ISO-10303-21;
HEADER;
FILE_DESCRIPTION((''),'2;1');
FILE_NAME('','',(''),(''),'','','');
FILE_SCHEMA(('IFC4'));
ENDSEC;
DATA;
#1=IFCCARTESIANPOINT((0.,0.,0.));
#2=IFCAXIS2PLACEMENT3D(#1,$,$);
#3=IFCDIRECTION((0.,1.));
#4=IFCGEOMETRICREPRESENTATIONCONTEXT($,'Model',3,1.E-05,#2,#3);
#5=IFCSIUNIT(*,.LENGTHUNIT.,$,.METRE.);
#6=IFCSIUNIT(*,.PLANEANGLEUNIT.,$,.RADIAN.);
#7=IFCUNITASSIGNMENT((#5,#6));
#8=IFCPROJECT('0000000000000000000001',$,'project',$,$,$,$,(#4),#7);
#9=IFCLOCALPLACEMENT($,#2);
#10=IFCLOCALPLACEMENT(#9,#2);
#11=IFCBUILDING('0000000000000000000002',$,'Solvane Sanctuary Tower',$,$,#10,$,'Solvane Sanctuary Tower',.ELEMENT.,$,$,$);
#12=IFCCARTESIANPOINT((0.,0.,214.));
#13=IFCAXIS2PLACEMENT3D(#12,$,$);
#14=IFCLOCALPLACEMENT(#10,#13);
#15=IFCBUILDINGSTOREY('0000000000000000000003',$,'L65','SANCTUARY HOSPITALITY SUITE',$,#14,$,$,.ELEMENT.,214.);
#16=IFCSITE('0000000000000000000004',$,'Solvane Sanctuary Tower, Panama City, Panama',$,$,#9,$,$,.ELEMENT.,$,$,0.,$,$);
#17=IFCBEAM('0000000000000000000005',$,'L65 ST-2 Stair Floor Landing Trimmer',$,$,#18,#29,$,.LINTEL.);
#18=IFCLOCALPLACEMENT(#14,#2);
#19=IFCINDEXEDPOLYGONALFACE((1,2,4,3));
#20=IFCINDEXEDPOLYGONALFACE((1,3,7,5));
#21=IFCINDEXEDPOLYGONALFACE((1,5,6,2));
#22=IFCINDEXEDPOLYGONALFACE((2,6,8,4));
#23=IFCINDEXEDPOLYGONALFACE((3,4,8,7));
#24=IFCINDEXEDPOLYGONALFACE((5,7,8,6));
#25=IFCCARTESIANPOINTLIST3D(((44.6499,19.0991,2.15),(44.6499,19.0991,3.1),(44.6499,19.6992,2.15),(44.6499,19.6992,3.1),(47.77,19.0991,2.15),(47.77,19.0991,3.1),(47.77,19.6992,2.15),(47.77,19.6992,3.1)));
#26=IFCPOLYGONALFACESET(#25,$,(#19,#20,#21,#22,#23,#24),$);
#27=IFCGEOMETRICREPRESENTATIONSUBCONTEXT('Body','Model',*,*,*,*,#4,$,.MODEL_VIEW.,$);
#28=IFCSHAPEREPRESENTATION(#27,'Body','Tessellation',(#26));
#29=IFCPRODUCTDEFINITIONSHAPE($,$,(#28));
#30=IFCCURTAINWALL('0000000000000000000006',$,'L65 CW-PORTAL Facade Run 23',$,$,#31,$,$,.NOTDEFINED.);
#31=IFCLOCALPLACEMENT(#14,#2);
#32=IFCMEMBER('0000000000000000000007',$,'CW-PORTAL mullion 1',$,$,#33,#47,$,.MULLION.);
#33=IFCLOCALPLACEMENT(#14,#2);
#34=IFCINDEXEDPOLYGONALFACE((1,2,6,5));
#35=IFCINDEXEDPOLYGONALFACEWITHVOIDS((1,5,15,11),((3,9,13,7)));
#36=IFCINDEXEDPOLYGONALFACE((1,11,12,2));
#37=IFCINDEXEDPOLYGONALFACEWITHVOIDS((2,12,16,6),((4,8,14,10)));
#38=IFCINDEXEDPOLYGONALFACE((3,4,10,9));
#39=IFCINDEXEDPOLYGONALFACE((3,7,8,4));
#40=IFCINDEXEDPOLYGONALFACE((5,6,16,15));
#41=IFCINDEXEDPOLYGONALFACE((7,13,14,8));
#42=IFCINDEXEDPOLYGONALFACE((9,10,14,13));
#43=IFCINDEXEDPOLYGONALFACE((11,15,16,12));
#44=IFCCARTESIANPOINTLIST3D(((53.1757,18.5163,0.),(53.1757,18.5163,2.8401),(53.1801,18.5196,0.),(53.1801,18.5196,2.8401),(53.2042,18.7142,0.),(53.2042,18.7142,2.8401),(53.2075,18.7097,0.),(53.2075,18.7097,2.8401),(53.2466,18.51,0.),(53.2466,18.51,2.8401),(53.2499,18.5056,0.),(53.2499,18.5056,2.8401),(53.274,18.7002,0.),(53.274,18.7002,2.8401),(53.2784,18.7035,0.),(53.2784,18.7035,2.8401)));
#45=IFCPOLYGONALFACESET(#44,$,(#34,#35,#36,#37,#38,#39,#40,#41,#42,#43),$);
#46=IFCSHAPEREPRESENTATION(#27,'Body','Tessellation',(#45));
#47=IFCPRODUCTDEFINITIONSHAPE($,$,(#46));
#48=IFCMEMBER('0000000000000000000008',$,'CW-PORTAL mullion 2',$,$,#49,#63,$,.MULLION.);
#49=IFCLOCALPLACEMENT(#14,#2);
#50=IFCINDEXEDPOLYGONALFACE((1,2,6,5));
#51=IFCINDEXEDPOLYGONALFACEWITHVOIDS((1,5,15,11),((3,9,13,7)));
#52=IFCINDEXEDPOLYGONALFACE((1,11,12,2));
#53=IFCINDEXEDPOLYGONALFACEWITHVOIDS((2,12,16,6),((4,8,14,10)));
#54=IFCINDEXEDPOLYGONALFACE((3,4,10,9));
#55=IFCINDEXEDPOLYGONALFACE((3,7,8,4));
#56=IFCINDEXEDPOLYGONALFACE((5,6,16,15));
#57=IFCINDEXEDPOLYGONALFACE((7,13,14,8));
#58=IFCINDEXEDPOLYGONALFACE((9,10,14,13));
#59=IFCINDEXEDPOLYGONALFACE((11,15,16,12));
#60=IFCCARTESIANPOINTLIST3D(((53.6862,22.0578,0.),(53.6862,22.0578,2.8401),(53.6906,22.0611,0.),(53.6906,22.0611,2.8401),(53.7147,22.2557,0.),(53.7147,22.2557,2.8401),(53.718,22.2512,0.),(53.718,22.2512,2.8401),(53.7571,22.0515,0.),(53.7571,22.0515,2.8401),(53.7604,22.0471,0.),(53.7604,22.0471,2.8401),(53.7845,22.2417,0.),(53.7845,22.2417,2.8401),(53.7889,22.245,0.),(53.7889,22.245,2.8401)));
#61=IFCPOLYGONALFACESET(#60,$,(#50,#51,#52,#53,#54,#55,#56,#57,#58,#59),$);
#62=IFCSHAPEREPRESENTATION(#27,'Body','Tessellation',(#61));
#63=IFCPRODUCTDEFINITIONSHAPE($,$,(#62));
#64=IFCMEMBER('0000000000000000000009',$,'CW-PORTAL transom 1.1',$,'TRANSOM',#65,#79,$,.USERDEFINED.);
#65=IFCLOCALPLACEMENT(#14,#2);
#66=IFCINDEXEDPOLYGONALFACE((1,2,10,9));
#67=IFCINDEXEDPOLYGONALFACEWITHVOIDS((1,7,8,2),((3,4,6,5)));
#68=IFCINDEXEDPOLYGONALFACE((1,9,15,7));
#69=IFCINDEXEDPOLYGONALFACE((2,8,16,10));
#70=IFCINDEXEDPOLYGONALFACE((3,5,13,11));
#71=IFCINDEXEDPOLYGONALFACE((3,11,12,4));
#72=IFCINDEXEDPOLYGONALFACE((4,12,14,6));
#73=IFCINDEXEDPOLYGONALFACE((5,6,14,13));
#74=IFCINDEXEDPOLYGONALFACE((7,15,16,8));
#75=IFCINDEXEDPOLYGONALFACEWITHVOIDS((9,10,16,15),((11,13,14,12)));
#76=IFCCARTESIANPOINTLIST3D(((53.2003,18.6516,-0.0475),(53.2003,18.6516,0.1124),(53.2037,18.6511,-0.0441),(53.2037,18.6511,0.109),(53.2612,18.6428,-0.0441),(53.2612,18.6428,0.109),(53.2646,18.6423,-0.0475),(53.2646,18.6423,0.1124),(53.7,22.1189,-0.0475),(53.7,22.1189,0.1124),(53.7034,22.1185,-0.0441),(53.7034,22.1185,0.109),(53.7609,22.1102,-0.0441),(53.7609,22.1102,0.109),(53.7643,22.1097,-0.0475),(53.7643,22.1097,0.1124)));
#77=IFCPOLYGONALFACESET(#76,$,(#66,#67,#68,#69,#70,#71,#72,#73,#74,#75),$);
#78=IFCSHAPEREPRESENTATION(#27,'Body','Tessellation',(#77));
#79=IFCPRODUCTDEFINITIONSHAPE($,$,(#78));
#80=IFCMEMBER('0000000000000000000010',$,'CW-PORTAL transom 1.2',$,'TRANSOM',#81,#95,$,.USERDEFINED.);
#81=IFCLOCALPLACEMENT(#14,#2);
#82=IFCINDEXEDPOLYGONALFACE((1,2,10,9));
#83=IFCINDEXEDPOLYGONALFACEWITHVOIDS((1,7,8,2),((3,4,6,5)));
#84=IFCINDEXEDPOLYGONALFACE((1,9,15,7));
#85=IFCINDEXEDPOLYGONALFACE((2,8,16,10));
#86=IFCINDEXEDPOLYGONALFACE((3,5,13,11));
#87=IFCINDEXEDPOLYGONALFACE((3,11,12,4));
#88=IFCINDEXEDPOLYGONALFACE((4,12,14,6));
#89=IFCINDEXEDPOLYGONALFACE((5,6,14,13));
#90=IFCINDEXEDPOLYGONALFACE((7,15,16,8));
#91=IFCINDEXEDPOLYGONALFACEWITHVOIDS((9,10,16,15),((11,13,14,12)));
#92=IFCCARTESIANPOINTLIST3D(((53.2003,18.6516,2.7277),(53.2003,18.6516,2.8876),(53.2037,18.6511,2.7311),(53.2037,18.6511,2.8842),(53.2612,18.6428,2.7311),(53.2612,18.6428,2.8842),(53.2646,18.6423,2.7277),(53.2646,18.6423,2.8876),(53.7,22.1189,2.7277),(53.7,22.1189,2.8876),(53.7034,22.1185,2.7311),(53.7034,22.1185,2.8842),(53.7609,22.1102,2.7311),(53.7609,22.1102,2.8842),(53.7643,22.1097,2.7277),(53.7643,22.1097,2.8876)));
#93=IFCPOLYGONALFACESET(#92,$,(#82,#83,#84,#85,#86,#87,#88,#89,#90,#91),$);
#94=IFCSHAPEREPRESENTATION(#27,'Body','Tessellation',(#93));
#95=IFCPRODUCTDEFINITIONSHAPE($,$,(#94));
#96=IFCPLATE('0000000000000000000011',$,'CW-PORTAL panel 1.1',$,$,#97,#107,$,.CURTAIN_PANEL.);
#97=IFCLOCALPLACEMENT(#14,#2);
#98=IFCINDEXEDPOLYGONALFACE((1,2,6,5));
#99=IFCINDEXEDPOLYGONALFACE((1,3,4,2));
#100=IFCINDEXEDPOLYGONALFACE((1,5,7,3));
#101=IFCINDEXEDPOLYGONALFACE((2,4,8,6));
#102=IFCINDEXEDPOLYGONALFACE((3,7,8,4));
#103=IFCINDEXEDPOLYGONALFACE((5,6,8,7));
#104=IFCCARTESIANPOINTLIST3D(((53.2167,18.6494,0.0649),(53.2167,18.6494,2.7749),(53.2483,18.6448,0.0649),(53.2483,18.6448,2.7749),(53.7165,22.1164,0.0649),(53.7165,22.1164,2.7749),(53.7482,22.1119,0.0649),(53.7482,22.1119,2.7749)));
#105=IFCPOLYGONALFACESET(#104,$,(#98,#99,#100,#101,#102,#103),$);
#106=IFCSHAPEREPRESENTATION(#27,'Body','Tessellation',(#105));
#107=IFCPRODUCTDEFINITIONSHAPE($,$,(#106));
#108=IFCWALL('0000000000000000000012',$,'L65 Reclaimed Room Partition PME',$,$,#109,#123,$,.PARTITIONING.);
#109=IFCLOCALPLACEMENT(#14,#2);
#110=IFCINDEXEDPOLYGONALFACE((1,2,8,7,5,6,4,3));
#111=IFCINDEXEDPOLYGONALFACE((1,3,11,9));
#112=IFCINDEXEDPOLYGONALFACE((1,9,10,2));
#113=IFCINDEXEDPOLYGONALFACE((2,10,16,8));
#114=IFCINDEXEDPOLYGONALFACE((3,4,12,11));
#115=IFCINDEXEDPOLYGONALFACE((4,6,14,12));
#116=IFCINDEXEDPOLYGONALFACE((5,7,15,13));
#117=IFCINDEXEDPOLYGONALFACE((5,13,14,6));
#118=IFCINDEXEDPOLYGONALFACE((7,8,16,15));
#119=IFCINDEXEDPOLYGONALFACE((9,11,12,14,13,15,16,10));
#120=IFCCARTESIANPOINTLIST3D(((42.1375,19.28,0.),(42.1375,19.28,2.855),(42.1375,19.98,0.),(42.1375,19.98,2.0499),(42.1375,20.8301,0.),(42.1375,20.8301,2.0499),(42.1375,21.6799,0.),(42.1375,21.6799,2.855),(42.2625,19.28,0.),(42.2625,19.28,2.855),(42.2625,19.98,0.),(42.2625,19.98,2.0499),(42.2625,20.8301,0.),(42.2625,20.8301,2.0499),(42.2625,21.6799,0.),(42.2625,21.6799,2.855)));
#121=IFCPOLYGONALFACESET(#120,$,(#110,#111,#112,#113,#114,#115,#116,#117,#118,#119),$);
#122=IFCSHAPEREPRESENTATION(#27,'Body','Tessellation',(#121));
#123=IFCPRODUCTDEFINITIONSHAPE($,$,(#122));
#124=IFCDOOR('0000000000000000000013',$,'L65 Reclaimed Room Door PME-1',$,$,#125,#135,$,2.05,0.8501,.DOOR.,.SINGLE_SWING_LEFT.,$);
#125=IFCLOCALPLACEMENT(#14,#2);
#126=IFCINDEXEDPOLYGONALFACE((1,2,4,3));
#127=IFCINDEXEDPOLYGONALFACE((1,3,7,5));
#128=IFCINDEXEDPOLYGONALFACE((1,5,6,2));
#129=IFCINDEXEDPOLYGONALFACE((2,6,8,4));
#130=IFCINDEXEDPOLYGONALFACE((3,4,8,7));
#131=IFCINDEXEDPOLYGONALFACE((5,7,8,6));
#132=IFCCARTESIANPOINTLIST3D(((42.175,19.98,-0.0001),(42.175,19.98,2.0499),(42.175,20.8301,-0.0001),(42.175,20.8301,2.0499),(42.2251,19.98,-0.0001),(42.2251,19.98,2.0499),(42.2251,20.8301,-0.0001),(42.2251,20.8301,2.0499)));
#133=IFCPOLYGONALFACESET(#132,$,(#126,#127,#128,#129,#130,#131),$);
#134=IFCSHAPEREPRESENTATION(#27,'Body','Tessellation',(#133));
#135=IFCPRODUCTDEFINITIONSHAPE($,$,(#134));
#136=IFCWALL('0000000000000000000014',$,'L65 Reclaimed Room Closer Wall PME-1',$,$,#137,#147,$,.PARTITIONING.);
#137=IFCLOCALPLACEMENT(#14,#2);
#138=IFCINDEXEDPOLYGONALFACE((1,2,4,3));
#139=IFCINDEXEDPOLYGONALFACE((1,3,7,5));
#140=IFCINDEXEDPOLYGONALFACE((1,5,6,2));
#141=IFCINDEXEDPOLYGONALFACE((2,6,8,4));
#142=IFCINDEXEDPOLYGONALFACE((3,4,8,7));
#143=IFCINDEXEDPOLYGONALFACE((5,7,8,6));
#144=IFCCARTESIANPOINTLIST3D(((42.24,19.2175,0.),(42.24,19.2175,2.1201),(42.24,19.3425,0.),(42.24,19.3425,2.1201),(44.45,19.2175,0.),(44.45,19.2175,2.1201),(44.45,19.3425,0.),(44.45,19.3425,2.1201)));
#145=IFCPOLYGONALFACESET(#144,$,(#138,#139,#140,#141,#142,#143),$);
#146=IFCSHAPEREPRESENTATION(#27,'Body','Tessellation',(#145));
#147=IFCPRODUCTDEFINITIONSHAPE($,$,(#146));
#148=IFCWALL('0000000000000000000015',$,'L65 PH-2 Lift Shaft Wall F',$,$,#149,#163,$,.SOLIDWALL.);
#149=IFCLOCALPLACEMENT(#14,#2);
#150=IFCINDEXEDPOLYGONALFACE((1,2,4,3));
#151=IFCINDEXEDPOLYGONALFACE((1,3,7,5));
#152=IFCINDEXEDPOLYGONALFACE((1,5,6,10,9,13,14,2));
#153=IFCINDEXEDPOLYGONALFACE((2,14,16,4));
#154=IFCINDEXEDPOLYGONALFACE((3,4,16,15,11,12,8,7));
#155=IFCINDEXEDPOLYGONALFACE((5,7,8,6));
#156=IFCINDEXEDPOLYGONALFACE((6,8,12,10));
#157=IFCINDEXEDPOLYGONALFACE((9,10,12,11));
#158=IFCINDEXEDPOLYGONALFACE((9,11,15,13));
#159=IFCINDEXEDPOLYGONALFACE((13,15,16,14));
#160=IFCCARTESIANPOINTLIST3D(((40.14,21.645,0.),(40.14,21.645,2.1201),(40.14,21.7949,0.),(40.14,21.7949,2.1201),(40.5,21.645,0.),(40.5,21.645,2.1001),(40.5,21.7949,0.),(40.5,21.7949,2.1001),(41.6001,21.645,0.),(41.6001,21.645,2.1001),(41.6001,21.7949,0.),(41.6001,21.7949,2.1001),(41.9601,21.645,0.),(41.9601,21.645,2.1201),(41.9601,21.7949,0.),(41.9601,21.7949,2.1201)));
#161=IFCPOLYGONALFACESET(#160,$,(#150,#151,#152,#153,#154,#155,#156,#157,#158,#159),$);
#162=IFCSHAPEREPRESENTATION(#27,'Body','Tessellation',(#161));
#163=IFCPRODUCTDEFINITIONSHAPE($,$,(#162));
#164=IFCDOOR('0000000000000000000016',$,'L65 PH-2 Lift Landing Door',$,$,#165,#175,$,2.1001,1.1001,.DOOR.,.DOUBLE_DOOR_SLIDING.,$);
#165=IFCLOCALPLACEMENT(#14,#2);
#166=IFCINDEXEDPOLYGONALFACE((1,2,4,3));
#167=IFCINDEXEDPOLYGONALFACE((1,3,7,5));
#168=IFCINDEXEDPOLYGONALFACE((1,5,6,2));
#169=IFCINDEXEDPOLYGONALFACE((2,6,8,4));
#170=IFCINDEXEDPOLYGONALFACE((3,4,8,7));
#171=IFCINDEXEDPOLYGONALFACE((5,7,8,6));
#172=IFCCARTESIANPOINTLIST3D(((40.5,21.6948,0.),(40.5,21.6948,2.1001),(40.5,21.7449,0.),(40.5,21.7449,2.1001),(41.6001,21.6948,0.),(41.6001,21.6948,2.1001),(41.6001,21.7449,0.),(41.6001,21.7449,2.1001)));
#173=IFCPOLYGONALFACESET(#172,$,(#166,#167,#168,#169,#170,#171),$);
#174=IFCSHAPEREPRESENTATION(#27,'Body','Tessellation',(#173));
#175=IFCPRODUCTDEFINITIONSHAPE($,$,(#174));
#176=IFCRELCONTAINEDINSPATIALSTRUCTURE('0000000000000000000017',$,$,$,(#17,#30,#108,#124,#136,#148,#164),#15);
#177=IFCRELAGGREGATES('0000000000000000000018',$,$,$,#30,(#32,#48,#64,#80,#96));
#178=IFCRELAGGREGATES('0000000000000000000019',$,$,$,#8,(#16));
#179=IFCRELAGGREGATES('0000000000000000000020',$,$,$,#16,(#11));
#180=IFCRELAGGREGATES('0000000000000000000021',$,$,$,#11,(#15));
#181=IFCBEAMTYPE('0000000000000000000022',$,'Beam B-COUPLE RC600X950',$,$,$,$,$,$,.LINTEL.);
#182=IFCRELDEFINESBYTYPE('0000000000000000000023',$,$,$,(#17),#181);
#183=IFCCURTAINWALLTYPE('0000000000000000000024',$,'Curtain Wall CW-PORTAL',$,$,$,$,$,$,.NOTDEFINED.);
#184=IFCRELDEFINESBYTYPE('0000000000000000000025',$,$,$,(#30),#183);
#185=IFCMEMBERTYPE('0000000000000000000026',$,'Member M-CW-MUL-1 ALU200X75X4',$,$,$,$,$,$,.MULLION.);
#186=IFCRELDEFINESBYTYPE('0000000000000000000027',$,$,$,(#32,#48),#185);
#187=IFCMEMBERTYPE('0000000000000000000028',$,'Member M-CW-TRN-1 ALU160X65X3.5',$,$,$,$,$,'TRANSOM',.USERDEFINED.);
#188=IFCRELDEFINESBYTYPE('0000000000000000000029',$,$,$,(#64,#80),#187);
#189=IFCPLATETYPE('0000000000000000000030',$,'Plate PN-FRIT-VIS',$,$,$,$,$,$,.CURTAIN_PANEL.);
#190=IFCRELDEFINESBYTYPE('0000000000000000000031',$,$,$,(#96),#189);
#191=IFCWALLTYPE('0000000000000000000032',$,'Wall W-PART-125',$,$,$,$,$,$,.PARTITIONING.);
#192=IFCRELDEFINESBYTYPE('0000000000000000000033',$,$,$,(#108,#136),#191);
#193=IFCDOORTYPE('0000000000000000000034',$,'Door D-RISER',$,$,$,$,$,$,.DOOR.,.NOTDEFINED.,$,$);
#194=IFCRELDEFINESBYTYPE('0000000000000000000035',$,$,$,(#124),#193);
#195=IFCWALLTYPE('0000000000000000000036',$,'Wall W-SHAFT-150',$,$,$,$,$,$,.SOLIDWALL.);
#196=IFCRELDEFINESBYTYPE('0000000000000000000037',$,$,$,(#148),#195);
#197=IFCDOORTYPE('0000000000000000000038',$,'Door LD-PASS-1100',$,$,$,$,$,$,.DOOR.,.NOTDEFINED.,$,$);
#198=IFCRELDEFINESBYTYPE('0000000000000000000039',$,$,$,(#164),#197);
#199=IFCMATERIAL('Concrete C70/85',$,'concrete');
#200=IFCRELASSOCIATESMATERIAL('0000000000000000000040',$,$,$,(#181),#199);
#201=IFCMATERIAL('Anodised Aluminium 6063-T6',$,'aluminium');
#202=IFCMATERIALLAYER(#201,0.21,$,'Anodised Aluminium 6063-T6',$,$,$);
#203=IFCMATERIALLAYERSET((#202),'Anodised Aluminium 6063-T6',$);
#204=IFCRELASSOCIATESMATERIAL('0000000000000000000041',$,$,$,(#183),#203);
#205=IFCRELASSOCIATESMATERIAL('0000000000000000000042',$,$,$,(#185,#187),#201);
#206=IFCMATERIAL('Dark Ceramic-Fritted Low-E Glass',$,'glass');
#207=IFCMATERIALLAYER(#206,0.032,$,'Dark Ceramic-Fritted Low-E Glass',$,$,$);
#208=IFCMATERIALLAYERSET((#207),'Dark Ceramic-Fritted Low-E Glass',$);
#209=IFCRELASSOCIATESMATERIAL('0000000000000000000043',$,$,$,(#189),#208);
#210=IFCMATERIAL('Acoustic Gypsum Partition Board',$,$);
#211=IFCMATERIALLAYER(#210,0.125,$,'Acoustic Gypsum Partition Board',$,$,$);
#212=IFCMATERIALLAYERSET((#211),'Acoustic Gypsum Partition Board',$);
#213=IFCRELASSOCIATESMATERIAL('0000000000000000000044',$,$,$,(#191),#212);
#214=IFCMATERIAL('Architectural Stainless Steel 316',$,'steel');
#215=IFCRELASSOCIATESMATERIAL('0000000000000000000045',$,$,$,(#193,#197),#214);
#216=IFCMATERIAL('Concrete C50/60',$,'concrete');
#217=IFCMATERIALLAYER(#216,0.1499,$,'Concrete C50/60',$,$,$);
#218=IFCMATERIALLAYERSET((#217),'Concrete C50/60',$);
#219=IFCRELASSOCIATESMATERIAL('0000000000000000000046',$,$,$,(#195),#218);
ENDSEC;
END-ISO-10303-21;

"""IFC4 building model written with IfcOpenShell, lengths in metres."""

from ifc_helpers import new_model, si_unit, direction, frame, frame_2d, origin, origin_2d, place, context, subcontext, project, spatial, rectangle, hollow_rectangle, extrude, material, layer, layer_set, material_profile, profile_set, type_object, element, fill, aggregate, save


model = new_model("IFC4")

# Units and contexts
model_context = context("Model", 3, precision=1e-05, world=origin(), true_north=direction((0.0, 1.0)))
body_context = subcontext(model_context, "Body", "Model", "MODEL_VIEW")
ifc_project = project(units=[si_unit("LENGTHUNIT", "METRE"), si_unit("PLANEANGLEUNIT", "RADIAN")], contexts=[model_context])

# Site, building, storey
site_placement = place(None, origin())
site = spatial("IfcSite", under=ifc_project, at=site_placement, Name="Solvane Sanctuary Tower, Panama City, Panama", CompositionType="ELEMENT", RefElevation=0.0)
building_placement = place(site_placement, origin())
building = spatial("IfcBuilding", under=site, at=building_placement, Name="Solvane Sanctuary Tower", LongName="Solvane Sanctuary Tower", CompositionType="ELEMENT")
storey_placement = place(building_placement, frame((0.0, 0.0, 214.0)))
storey = spatial("IfcBuildingStorey", under=building, at=storey_placement, Name="L65", Description="SANCTUARY HOSPITALITY SUITE", CompositionType="ELEMENT", Elevation=214.0)

# Beam
ifc_material_1 = material(Name="Concrete C70/85", Category="concrete")
ifc_material_profile_1 = material_profile(ifc_material_1, rectangle(XDim=0.6001, YDim=0.95, at=origin_2d()), Name="RC600X950")
ifc_profile_set_1 = profile_set([ifc_material_profile_1], Name="Concrete C70/85")
beam_type = type_object("IfcBeamType", Name="Beam B-COUPLE RC600X950", PredefinedType="LINTEL", material=ifc_profile_set_1)
beam_placement = place(storey_placement, frame((44.6499, 19.3992, 2.625), z_axis=(1.0, 0.0, 0.0), x_axis=(0.0, 1.0, 0.0)))
element("IfcBeam", 1, at=beam_placement, inside=storey, type_object=beam_type, Name="L65 ST-2 Stair Floor Landing Trimmer", PredefinedType="LINTEL", context=body_context, shape_type="SweptSolid", body=[
    extrude(rectangle(XDim=0.6001, YDim=0.95, at=origin_2d()), origin(), (0.0, 0.0, 1.0), 3.1201),
])

# Curtain wall, members, plate
ifc_material_2 = material(Name="Anodised Aluminium 6063-T6", Category="aluminium")
ifc_layer_1 = layer(ifc_material_2, 0.21, Name="Anodised Aluminium 6063-T6")
ifc_layer_set_1 = layer_set([ifc_layer_1], Name="Anodised Aluminium 6063-T6")
curtain_wall_type = type_object("IfcCurtainWallType", Name="Curtain Wall CW-PORTAL", PredefinedType="NOTDEFINED", material=ifc_layer_set_1)
curtain_wall_placement = place(storey_placement, origin())
curtain_wall = element("IfcCurtainWall", 2, at=curtain_wall_placement, inside=storey, type_object=curtain_wall_type, Name="L65 CW-PORTAL Facade Run 23", PredefinedType="NOTDEFINED")
ifc_material_profile_2 = material_profile(ifc_material_2, hollow_rectangle(XDim=0.075, YDim=0.2, WallThickness=0.0039, at=origin_2d()), Name="ALU200X75X4")
ifc_profile_set_2 = profile_set([ifc_material_profile_2], Name="Anodised Aluminium 6063-T6")
member_type_1 = type_object("IfcMemberType", Name="Member M-CW-MUL-1 ALU200X75X4", PredefinedType="MULLION", material=ifc_profile_set_2)
member_1_placement = place(storey_placement, frame((53.2271, 18.6099, 0.0), z_axis=(0.0, 0.0, 1.0), x_axis=(-0.989765, 0.142705, 0.0)))
member_1 = element("IfcMember", 3, at=member_1_placement, type_object=member_type_1, Name="CW-PORTAL mullion 1", PredefinedType="MULLION", context=body_context, shape_type="SweptSolid", body=[
    extrude(hollow_rectangle(XDim=0.075, YDim=0.2, WallThickness=0.0039, at=origin_2d()), origin(), (0.0, 0.0, 1.0), 2.8401),
])
member_2_placement = place(storey_placement, frame((53.7375, 22.1514, 0.0), z_axis=(0.0, 0.0, 1.0), x_axis=(-0.989765, 0.142705, 0.0)))
member_2 = element("IfcMember", 4, at=member_2_placement, type_object=member_type_1, Name="CW-PORTAL mullion 2", PredefinedType="MULLION", context=body_context, shape_type="SweptSolid", body=[
    extrude(hollow_rectangle(XDim=0.075, YDim=0.2, WallThickness=0.0039, at=origin_2d()), origin(), (0.0, 0.0, 1.0), 2.8401),
])
ifc_material_profile_3 = material_profile(ifc_material_2, hollow_rectangle(XDim=0.0649, YDim=0.1599, WallThickness=0.0034, at=origin_2d()), Name="ALU160X65X3.5")
ifc_profile_set_3 = profile_set([ifc_material_profile_3], Name="Anodised Aluminium 6063-T6")
member_type_2 = type_object("IfcMemberType", Name="Member M-CW-TRN-1 ALU160X65X3.5", ElementType="TRANSOM", PredefinedType="USERDEFINED", material=ifc_profile_set_3)
member_3_placement = place(storey_placement, frame((53.2324, 18.647, 0.0325), z_axis=(0.14266, 0.989772, 0.0), x_axis=(-0.989772, 0.14266, 0.0)))
member_3 = element("IfcMember", 5, at=member_3_placement, type_object=member_type_2, Name="CW-PORTAL transom 1.1", ObjectType="TRANSOM", PredefinedType="USERDEFINED", context=body_context, shape_type="SweptSolid", body=[
    extrude(hollow_rectangle(XDim=0.0649, YDim=0.1599, WallThickness=0.0034, at=origin_2d()), origin(), (0.0, 0.0, 1.0), 3.5032),
])
member_4_placement = place(storey_placement, frame((53.2324, 18.647, 2.8076), z_axis=(0.14266, 0.989772, 0.0), x_axis=(-0.989772, 0.14266, 0.0)))
member_4 = element("IfcMember", 6, at=member_4_placement, type_object=member_type_2, Name="CW-PORTAL transom 1.2", ObjectType="TRANSOM", PredefinedType="USERDEFINED", context=body_context, shape_type="SweptSolid", body=[
    extrude(hollow_rectangle(XDim=0.0649, YDim=0.1599, WallThickness=0.0034, at=origin_2d()), origin(), (0.0, 0.0, 1.0), 3.5032),
])
ifc_material_3 = material(Name="Dark Ceramic-Fritted Low-E Glass", Category="glass")
ifc_layer_2 = layer(ifc_material_3, 0.032, Name="Dark Ceramic-Fritted Low-E Glass")
ifc_layer_set_2 = layer_set([ifc_layer_2], Name="Dark Ceramic-Fritted Low-E Glass")
plate_type = type_object("IfcPlateType", Name="Plate PN-FRIT-VIS", PredefinedType="CURTAIN_PANEL", material=ifc_layer_set_2)
plate_placement = place(storey_placement, frame((53.4824, 20.3806, 0.0649), z_axis=(0.0, 0.0, 1.0), x_axis=(0.142705, 0.989765, 0.0)))
plate = element("IfcPlate", 7, at=plate_placement, type_object=plate_type, Name="CW-PORTAL panel 1.1", PredefinedType="CURTAIN_PANEL", context=body_context, shape_type="SweptSolid", body=[
    extrude(rectangle(XDim=3.5029, YDim=0.032, at=origin_2d()), origin(), (0.0, 0.0, 1.0), 2.71),
])
aggregate(curtain_wall, [member_1, member_2, member_3, member_4, plate])

# Wall, opening, door
ifc_material_4 = material(Name="Acoustic Gypsum Partition Board")
ifc_layer_3 = layer(ifc_material_4, 0.125, Name="Acoustic Gypsum Partition Board")
ifc_layer_set_3 = layer_set([ifc_layer_3], Name="Acoustic Gypsum Partition Board")
wall_type_1 = type_object("IfcWallType", Name="Wall W-PART-125", PredefinedType="PARTITIONING", material=ifc_layer_set_3)
wall_1_placement = place(storey_placement, frame((42.2, 19.28, 0.0), z_axis=(0.0, 0.0, 1.0), x_axis=(0.0, 1.0, 0.0)))
wall_1 = element("IfcWall", 8, at=wall_1_placement, inside=storey, type_object=wall_type_1, Name="L65 Reclaimed Room Partition PME", PredefinedType="PARTITIONING", context=body_context, shape_type="SweptSolid", body=[
    extrude(rectangle(XDim=2.3999, YDim=0.125, at=frame_2d((1.2, 0.0))), origin(), (0.0, 0.0, 1.0), 2.855),
])
opening_1_placement = place(wall_1_placement, frame((0.7, 0.0, 0.0)))
opening_1 = element("IfcOpeningElement", 9, at=opening_1_placement, cuts=wall_1, PredefinedType="OPENING", context=body_context, shape_type="SweptSolid", body=[
    extrude(rectangle(XDim=0.8501, YDim=2.05, at=frame_2d((0.425, 1.0249))), frame((0.0, 0.0725, 0.0), z_axis=(0.0, -1.0, 0.0), x_axis=(1.0, 0.0, 0.0)), (0.0, 0.0, 1.0), 0.145),
])
ifc_material_5 = material(Name="Architectural Stainless Steel 316", Category="steel")
door_type_1 = type_object("IfcDoorType", Name="Door D-RISER", OperationType="NOTDEFINED", PredefinedType="DOOR", material=ifc_material_5)
door_1_placement = place(opening_1_placement, origin())
door_1 = element("IfcDoor", 10, at=door_1_placement, inside=storey, type_object=door_type_1, Name="L65 Reclaimed Room Door PME-1", OperationType="SINGLE_SWING_LEFT", OverallHeight=2.05, OverallWidth=0.8501, PredefinedType="DOOR", context=body_context, shape_type="SweptSolid", body=[
    extrude(rectangle(XDim=0.8501, YDim=2.05, at=frame_2d((0.425, 1.0249))), frame((0.0, 0.0249, 0.0), z_axis=(0.0, -1.0, 0.0), x_axis=(1.0, 0.0, 0.0)), (0.0, 0.0, 1.0), 0.05),
])
fill(opening_1, door_1)

# Wall
wall_2_placement = place(storey_placement, frame((42.24, 19.28, 0.0), z_axis=(0.0, 0.0, 1.0), x_axis=(1.0, 0.0, 0.0)))
element("IfcWall", 11, at=wall_2_placement, inside=storey, type_object=wall_type_1, Name="L65 Reclaimed Room Closer Wall PME-1", PredefinedType="PARTITIONING", context=body_context, shape_type="SweptSolid", body=[
    extrude(rectangle(XDim=2.21, YDim=0.125, at=frame_2d((1.105, 0.0))), origin(), (0.0, 0.0, 1.0), 2.1201),
])

# Wall, opening, door
ifc_material_6 = material(Name="Concrete C50/60", Category="concrete")
ifc_layer_4 = layer(ifc_material_6, 0.1499, Name="Concrete C50/60")
ifc_layer_set_4 = layer_set([ifc_layer_4], Name="Concrete C50/60")
wall_type_2 = type_object("IfcWallType", Name="Wall W-SHAFT-150", PredefinedType="SOLIDWALL", material=ifc_layer_set_4)
wall_3_placement = place(storey_placement, frame((40.1399, 21.72, 0.0), z_axis=(0.0, 0.0, 1.0), x_axis=(1.0, 0.0, 0.0)))
wall_3 = element("IfcWall", 12, at=wall_3_placement, inside=storey, type_object=wall_type_2, Name="L65 PH-2 Lift Shaft Wall F", PredefinedType="SOLIDWALL", context=body_context, shape_type="SweptSolid", body=[
    extrude(rectangle(XDim=1.8201, YDim=0.1499, at=frame_2d((0.9102, 0.0))), origin(), (0.0, 0.0, 1.0), 2.1201),
])
opening_2_placement = place(wall_3_placement, frame((0.3601, 0.0, 0.0)))
opening_2 = element("IfcOpeningElement", 13, at=opening_2_placement, cuts=wall_3, PredefinedType="OPENING", context=body_context, shape_type="SweptSolid", body=[
    extrude(rectangle(XDim=1.1001, YDim=2.1001, at=frame_2d((0.55, 1.05))), frame((0.0, 0.085, 0.0), z_axis=(0.0, -1.0, 0.0), x_axis=(1.0, 0.0, 0.0)), (0.0, 0.0, 1.0), 0.1699),
])
door_type_2 = type_object("IfcDoorType", Name="Door LD-PASS-1100", OperationType="NOTDEFINED", PredefinedType="DOOR", material=ifc_material_5)
door_2_placement = place(opening_2_placement, origin())
door_2 = element("IfcDoor", 14, at=door_2_placement, inside=storey, type_object=door_type_2, Name="L65 PH-2 Lift Landing Door", OperationType="DOUBLE_DOOR_SLIDING", OverallHeight=2.1001, OverallWidth=1.1001, PredefinedType="DOOR", context=body_context, shape_type="SweptSolid", body=[
    extrude(rectangle(XDim=1.1001, YDim=2.1001, at=frame_2d((0.55, 1.05))), frame((0.0, 0.0249, 0.0), z_axis=(0.0, -1.0, 0.0), x_axis=(1.0, 0.0, 0.0)), (0.0, 0.0, 1.0), 0.05),
])
fill(opening_2, door_2)

save(model, "model.ifc")
